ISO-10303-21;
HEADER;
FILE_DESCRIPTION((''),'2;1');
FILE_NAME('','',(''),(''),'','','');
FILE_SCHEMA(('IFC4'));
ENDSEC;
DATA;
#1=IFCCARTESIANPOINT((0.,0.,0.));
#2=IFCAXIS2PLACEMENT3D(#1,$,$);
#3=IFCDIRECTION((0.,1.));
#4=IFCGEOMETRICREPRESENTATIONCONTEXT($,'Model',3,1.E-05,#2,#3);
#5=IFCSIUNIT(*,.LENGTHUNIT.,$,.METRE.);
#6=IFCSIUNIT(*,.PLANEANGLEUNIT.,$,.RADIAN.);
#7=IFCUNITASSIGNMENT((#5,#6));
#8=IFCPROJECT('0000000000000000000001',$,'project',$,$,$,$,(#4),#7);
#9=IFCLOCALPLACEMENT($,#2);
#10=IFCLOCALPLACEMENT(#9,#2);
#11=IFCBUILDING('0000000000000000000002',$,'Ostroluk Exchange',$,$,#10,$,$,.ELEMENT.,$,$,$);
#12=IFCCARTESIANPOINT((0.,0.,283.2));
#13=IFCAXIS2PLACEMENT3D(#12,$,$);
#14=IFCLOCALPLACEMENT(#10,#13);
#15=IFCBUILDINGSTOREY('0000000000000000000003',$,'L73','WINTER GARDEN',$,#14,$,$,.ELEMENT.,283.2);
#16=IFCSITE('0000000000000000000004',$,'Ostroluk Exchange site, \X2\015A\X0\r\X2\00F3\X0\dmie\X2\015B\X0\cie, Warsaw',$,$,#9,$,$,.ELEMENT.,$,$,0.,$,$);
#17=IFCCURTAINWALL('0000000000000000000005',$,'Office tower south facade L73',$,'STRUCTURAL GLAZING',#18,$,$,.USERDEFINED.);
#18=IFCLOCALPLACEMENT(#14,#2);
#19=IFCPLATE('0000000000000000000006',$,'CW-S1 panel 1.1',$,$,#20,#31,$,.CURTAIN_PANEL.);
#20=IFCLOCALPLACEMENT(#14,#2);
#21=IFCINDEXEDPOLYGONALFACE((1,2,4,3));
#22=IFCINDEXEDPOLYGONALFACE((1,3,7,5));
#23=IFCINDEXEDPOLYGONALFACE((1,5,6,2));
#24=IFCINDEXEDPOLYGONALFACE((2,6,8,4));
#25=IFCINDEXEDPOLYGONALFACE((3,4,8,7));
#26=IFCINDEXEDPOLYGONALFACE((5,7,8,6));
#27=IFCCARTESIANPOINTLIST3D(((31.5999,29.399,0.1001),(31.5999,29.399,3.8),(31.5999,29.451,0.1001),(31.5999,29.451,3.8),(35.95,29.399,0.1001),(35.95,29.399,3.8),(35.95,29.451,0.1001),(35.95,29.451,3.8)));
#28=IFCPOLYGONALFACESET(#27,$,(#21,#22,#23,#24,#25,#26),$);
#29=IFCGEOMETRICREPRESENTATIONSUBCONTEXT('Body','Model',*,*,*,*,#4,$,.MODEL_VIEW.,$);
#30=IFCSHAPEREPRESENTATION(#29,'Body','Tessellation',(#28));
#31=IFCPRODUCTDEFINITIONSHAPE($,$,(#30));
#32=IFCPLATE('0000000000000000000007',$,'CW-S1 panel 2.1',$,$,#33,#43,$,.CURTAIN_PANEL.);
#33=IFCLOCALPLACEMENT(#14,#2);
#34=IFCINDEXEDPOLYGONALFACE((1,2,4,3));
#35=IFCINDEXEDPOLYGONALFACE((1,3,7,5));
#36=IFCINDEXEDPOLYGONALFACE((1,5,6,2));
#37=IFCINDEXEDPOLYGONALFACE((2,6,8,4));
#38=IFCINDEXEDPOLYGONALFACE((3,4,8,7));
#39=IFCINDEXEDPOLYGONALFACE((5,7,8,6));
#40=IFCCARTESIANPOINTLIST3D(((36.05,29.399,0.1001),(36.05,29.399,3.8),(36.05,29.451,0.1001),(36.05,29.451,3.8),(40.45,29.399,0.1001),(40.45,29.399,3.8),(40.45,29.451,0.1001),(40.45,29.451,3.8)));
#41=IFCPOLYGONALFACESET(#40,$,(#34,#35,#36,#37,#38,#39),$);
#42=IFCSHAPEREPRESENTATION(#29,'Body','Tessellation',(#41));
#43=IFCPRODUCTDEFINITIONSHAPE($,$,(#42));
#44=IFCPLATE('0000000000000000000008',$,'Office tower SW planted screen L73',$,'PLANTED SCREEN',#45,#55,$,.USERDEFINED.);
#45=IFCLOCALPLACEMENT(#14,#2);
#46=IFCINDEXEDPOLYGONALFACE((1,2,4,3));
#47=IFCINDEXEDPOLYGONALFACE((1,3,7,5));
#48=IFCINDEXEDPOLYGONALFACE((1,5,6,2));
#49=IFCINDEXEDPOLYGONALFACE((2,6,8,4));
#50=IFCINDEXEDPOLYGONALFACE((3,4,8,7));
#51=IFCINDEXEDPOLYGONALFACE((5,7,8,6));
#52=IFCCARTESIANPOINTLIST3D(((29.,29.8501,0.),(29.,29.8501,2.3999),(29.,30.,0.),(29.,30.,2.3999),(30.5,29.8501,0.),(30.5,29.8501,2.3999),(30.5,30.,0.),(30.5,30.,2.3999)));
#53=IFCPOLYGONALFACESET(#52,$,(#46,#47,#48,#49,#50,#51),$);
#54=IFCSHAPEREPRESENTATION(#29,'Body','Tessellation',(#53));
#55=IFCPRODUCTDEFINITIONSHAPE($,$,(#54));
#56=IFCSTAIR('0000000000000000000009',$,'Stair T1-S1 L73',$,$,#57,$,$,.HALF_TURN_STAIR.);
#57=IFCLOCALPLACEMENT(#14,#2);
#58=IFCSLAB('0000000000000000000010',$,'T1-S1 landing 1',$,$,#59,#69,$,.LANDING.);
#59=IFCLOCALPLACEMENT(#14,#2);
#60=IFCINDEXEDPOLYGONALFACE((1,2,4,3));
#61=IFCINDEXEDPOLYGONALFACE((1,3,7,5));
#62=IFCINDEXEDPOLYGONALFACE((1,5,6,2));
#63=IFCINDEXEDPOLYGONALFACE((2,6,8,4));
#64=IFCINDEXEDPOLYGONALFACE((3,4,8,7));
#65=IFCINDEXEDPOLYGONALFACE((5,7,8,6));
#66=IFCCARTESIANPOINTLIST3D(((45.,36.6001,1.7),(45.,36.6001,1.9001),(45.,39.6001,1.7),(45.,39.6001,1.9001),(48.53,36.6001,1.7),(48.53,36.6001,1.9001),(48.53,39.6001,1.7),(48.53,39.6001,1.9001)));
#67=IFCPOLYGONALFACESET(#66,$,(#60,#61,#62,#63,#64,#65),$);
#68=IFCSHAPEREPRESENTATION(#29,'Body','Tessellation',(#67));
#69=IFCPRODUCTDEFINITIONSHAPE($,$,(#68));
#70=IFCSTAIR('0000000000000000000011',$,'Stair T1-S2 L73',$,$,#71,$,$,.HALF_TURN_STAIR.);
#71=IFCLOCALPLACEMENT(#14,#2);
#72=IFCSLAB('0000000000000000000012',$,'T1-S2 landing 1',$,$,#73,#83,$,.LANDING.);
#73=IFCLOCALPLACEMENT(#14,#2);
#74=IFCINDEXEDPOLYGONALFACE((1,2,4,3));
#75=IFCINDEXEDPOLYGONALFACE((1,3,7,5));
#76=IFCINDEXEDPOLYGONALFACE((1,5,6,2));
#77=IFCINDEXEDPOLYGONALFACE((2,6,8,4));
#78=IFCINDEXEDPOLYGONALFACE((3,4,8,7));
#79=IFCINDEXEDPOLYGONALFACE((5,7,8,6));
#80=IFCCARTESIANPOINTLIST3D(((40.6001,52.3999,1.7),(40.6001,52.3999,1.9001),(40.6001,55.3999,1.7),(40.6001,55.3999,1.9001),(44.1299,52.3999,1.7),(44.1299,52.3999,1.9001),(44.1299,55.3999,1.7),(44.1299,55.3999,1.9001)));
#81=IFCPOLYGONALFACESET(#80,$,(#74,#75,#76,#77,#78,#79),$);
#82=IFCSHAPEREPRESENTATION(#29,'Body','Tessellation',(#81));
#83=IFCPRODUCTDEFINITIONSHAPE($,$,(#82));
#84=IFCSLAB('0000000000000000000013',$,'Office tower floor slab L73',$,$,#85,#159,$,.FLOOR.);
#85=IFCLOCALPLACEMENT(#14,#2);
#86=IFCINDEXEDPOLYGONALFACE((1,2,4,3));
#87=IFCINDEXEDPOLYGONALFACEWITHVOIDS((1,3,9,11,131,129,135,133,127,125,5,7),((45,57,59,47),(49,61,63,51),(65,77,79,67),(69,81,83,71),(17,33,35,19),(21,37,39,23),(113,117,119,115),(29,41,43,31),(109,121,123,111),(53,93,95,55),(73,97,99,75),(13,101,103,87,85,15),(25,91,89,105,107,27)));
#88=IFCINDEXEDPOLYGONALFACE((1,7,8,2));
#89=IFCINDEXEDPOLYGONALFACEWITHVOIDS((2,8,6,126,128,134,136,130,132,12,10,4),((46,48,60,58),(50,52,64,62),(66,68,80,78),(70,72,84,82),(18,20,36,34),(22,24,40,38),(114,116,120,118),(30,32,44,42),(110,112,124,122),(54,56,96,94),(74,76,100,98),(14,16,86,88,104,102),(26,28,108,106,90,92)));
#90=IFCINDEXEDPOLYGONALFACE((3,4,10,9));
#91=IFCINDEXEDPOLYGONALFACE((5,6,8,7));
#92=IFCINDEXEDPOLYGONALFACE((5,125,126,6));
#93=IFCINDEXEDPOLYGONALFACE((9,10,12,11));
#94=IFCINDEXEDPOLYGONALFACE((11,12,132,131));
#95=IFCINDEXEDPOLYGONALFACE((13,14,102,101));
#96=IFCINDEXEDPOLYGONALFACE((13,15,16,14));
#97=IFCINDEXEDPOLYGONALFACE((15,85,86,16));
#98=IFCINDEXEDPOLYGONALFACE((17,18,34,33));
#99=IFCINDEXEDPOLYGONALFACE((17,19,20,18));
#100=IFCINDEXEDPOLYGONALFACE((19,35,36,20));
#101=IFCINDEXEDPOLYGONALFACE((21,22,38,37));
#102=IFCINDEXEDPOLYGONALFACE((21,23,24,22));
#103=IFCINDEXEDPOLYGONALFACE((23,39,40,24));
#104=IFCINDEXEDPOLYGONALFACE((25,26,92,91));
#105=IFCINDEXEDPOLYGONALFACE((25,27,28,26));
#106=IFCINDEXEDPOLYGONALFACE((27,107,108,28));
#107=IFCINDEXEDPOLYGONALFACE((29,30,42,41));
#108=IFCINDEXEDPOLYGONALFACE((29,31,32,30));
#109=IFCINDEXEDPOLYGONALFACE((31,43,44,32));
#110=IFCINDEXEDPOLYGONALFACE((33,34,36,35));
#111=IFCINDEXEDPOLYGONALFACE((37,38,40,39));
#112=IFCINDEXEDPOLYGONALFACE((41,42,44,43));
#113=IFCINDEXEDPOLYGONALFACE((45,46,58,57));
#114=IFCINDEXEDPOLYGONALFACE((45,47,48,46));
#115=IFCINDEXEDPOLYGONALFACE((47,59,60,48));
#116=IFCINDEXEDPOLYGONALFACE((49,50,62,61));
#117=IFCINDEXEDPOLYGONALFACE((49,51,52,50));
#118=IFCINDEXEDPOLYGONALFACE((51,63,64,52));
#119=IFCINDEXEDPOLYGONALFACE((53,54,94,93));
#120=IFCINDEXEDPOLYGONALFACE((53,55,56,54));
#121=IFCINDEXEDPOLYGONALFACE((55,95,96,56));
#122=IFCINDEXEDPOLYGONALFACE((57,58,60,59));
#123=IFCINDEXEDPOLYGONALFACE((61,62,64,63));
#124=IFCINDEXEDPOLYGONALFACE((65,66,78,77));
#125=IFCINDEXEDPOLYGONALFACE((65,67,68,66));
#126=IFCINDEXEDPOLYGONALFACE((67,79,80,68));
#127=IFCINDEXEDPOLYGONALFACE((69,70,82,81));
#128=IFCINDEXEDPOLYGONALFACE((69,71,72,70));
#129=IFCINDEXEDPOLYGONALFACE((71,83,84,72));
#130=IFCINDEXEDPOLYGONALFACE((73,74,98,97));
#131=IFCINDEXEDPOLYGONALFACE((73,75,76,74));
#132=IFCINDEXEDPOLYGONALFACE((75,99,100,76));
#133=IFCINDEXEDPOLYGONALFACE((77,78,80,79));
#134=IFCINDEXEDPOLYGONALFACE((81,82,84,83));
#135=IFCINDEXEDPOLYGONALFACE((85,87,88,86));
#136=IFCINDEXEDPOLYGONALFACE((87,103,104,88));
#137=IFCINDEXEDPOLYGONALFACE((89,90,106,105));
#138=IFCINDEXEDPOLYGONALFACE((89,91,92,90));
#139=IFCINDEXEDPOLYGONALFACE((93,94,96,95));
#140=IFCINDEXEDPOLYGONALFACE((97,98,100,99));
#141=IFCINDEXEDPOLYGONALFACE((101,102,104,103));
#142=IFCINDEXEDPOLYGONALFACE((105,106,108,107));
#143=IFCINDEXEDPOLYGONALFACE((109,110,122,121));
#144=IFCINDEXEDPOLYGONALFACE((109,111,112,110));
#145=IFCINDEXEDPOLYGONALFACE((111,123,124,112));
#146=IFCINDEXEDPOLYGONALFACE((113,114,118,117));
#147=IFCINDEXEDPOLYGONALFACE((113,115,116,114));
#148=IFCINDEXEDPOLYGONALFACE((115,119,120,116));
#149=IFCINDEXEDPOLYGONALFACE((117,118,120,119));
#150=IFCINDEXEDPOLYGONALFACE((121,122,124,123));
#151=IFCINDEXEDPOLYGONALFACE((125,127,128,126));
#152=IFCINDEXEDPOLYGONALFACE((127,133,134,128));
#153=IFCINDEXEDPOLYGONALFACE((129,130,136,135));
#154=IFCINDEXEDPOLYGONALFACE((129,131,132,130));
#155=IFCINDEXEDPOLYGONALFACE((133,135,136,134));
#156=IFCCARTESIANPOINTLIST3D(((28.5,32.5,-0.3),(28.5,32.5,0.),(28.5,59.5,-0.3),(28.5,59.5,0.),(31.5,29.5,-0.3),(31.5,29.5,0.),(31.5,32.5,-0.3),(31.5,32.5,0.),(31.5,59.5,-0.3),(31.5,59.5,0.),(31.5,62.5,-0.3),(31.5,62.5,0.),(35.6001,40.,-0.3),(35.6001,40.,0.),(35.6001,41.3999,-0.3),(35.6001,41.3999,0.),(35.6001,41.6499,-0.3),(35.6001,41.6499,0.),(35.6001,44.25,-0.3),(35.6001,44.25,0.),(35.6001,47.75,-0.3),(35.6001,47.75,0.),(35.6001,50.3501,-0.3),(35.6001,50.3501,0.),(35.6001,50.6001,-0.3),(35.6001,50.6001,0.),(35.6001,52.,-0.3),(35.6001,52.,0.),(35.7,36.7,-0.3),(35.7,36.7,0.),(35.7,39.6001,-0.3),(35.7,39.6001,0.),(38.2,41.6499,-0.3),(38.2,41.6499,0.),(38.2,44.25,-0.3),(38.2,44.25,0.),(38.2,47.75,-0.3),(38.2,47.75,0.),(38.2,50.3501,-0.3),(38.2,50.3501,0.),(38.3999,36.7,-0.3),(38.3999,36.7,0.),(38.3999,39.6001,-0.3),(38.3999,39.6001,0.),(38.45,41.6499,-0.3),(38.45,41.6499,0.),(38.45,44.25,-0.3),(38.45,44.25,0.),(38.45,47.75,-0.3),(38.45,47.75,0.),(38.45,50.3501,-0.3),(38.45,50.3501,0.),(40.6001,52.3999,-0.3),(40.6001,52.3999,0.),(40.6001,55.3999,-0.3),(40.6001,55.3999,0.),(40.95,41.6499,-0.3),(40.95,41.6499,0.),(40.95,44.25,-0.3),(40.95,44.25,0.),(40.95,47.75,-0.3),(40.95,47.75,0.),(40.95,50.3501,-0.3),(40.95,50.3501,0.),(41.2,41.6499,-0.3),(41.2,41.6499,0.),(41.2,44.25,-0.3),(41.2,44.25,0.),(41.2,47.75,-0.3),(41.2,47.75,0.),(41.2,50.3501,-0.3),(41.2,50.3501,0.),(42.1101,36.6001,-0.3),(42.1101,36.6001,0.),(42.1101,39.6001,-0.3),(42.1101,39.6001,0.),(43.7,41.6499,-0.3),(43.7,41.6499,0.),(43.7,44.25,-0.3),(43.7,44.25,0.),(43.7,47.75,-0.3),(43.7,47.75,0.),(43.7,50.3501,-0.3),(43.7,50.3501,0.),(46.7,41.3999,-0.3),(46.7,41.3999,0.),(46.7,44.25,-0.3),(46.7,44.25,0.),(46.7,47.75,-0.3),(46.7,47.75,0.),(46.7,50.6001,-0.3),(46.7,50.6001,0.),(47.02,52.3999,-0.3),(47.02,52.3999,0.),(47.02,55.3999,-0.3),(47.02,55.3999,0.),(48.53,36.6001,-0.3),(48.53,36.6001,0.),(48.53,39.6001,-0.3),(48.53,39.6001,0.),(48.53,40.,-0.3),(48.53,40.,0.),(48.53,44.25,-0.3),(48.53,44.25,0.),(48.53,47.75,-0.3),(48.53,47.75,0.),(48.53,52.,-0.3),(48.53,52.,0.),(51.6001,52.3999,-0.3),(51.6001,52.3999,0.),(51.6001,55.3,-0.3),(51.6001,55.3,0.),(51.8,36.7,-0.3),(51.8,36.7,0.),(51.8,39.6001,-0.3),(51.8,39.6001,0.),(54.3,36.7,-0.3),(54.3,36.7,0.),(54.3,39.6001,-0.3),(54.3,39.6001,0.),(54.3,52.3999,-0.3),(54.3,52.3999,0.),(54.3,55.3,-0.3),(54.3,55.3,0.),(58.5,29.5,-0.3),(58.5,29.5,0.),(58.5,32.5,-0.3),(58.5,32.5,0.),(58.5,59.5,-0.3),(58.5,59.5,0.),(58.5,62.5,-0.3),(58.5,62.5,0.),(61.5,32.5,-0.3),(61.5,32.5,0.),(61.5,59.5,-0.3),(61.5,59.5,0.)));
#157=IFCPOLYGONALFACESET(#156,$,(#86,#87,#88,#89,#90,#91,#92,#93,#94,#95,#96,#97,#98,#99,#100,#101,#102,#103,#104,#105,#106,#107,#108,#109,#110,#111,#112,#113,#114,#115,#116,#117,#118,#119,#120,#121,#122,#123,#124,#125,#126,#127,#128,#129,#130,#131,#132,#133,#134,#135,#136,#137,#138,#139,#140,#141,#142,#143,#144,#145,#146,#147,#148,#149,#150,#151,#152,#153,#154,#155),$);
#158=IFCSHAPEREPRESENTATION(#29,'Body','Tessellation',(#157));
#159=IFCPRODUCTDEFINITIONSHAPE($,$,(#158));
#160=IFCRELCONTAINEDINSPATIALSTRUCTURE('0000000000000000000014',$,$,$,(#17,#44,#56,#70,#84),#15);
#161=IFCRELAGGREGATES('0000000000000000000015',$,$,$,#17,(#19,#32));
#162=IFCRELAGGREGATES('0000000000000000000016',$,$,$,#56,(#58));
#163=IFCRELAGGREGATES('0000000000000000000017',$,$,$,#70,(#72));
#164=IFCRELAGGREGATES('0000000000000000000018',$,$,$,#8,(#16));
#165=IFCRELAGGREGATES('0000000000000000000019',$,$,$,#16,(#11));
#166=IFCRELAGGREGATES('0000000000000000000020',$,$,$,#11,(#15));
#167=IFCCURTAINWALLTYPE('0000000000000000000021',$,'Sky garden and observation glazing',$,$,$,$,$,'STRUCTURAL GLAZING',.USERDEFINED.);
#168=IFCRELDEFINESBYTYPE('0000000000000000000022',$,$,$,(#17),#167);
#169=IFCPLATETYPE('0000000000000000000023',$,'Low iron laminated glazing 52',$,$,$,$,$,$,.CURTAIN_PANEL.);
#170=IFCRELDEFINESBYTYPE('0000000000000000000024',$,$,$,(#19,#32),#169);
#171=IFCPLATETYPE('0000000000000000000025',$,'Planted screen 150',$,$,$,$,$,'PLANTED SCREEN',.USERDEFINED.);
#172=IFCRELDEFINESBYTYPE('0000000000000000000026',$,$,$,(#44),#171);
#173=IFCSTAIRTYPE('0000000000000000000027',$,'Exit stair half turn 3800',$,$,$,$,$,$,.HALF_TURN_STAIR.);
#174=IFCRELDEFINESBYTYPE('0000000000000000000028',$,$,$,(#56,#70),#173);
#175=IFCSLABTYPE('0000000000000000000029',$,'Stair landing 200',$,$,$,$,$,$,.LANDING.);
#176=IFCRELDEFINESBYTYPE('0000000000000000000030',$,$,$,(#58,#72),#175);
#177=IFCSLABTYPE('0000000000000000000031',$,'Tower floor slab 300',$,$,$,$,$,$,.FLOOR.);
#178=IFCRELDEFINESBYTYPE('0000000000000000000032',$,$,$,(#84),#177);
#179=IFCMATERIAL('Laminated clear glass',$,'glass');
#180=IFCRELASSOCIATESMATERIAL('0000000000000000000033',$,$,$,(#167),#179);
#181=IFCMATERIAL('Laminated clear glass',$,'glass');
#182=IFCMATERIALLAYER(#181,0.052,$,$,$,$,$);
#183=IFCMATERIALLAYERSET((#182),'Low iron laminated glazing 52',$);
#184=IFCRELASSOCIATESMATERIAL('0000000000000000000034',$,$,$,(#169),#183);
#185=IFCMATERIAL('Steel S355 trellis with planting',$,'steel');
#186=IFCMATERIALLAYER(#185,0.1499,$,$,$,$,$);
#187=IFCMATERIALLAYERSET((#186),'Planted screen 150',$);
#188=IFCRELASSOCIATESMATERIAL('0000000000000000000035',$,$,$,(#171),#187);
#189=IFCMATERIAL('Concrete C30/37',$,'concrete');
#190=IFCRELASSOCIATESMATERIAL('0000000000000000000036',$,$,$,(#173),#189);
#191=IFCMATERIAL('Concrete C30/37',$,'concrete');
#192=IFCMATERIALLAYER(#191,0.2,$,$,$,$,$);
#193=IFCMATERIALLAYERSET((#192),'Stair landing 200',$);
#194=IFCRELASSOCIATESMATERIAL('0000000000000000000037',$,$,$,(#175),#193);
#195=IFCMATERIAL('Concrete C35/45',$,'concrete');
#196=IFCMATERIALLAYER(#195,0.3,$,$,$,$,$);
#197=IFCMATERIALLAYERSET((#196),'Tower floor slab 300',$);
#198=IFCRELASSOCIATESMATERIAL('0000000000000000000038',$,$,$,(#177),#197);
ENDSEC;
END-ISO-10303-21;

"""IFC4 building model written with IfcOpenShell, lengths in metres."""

from ifc_helpers import new_model, si_unit, direction, frame, origin, origin_2d, place, context, subcontext, project, spatial, polyline, rectangle, outline, extrude, material, layer, layer_set, type_object, element, aggregate, save


model = new_model("IFC4")

# Units and contexts
model_context = context("Model", 3, precision=1e-05, world=origin(), true_north=direction((0.0, 1.0)))
body_context = subcontext(model_context, "Body", "Model", "MODEL_VIEW")
ifc_project = project(units=[si_unit("LENGTHUNIT", "METRE"), si_unit("PLANEANGLEUNIT", "RADIAN")], contexts=[model_context])

# Site, building, storey
site_placement = place(None, origin())
site = spatial("IfcSite", under=ifc_project, at=site_placement, Name="Ostroluk Exchange site, Śródmieście, Warsaw", CompositionType="ELEMENT", RefElevation=0.0)
building_placement = place(site_placement, origin())
building = spatial("IfcBuilding", under=site, at=building_placement, Name="Ostroluk Exchange", CompositionType="ELEMENT")
storey_placement = place(building_placement, frame((0.0, 0.0, 283.2)))
storey = spatial("IfcBuildingStorey", under=building, at=storey_placement, Name="L73", Description="WINTER GARDEN", CompositionType="ELEMENT", Elevation=283.2)

# Curtain wall
ifc_material_1 = material(Name="Laminated clear glass", Category="glass")
curtain_wall_type = type_object("IfcCurtainWallType", Name="Sky garden and observation glazing", ElementType="STRUCTURAL GLAZING", PredefinedType="USERDEFINED", material=ifc_material_1)
curtain_wall_1_placement = place(storey_placement, origin())
curtain_wall_1 = element("IfcCurtainWall", 1, at=curtain_wall_1_placement, inside=storey, type_object=curtain_wall_type, Name="Office tower south facade L73", ObjectType="STRUCTURAL GLAZING", PredefinedType="USERDEFINED")

# Plates
ifc_material_2 = material(Name="Laminated clear glass", Category="glass")
ifc_layer_1 = layer(ifc_material_2, 0.052)
ifc_layer_set_1 = layer_set([ifc_layer_1], Name="Low iron laminated glazing 52")
plate_type_1 = type_object("IfcPlateType", Name="Low iron laminated glazing 52", PredefinedType="CURTAIN_PANEL", material=ifc_layer_set_1)
plate_1_placement = place(storey_placement, frame((33.7749, 29.425, 0.1001), z_axis=(0.0, 0.0, 1.0), x_axis=(1.0, 0.0, 0.0)))
plate_1 = element("IfcPlate", 2, at=plate_1_placement, type_object=plate_type_1, Name="CW-S1 panel 1.1", PredefinedType="CURTAIN_PANEL", context=body_context, shape_type="SweptSolid", body=[
    extrude(rectangle(XDim=4.3501, YDim=0.052, at=origin_2d()), origin(), (0.0, 0.0, 1.0), 3.7),
])
plate_2_placement = place(storey_placement, frame((38.25, 29.425, 0.1001), z_axis=(0.0, 0.0, 1.0), x_axis=(1.0, 0.0, 0.0)))
plate_2 = element("IfcPlate", 3, at=plate_2_placement, type_object=plate_type_1, Name="CW-S1 panel 2.1", PredefinedType="CURTAIN_PANEL", context=body_context, shape_type="SweptSolid", body=[
    extrude(rectangle(XDim=4.3999, YDim=0.052, at=origin_2d()), origin(), (0.0, 0.0, 1.0), 3.7),
])
aggregate(curtain_wall_1, [plate_1, plate_2])
ifc_material_3 = material(Name="Steel S355 trellis with planting", Category="steel")
ifc_layer_2 = layer(ifc_material_3, 0.1499)
ifc_layer_set_2 = layer_set([ifc_layer_2], Name="Planted screen 150")
plate_type_2 = type_object("IfcPlateType", Name="Planted screen 150", ElementType="PLANTED SCREEN", PredefinedType="USERDEFINED", material=ifc_layer_set_2)
plate_3_placement = place(storey_placement, frame((29.75, 29.925, 0.0), z_axis=(0.0, 0.0, 1.0), x_axis=(1.0, 0.0, 0.0)))
element("IfcPlate", 4, at=plate_3_placement, inside=storey, type_object=plate_type_2, Name="Office tower SW planted screen L73", ObjectType="PLANTED SCREEN", PredefinedType="USERDEFINED", context=body_context, shape_type="SweptSolid", body=[
    extrude(rectangle(XDim=1.5, YDim=0.1499, at=origin_2d()), origin(), (0.0, 0.0, 1.0), 2.3999),
])

# Stairs, slabs
ifc_material_4 = material(Name="Concrete C30/37", Category="concrete")
stair_type = type_object("IfcStairType", Name="Exit stair half turn 3800", PredefinedType="HALF_TURN_STAIR", material=ifc_material_4)
stair_1_placement = place(storey_placement, origin())
stair_1 = element("IfcStair", 5, at=stair_1_placement, inside=storey, type_object=stair_type, Name="Stair T1-S1 L73", PredefinedType="HALF_TURN_STAIR")
ifc_material_5 = material(Name="Concrete C30/37", Category="concrete")
ifc_layer_3 = layer(ifc_material_5, 0.2)
ifc_layer_set_3 = layer_set([ifc_layer_3], Name="Stair landing 200")
slab_type_1 = type_object("IfcSlabType", Name="Stair landing 200", PredefinedType="LANDING", material=ifc_layer_set_3)
slab_1_placement = place(storey_placement, frame((0.0, 0.0, 1.7)))
slab_1 = element("IfcSlab", 6, at=slab_1_placement, type_object=slab_type_1, Name="T1-S1 landing 1", PredefinedType="LANDING", context=body_context, shape_type="SweptSolid", body=[
    extrude(outline(polyline([(45.0, 36.6001), (45.0, 39.6001), (48.53, 39.6001), (48.53, 36.6001), (45.0, 36.6001)])), origin(), (0.0, 0.0, 1.0), 0.2002),
])
aggregate(stair_1, [slab_1])
stair_2_placement = place(storey_placement, origin())
stair_2 = element("IfcStair", 7, at=stair_2_placement, inside=storey, type_object=stair_type, Name="Stair T1-S2 L73", PredefinedType="HALF_TURN_STAIR")
slab_2_placement = place(storey_placement, frame((0.0, 0.0, 1.7)))
slab_2 = element("IfcSlab", 8, at=slab_2_placement, type_object=slab_type_1, Name="T1-S2 landing 1", PredefinedType="LANDING", context=body_context, shape_type="SweptSolid", body=[
    extrude(outline(polyline([(44.1299, 52.3999), (44.1299, 55.3999), (40.6001, 55.3999), (40.6001, 52.3999), (44.1299, 52.3999)])), origin(), (0.0, 0.0, 1.0), 0.2002),
])
aggregate(stair_2, [slab_2])

# Slab
ifc_material_6 = material(Name="Concrete C35/45", Category="concrete")
ifc_layer_4 = layer(ifc_material_6, 0.3)
ifc_layer_set_4 = layer_set([ifc_layer_4], Name="Tower floor slab 300")
slab_type_2 = type_object("IfcSlabType", Name="Tower floor slab 300", PredefinedType="FLOOR", material=ifc_layer_set_4)
slab_3_placement = place(storey_placement, frame((0.0, 0.0, -0.3)))
element("IfcSlab", 9, at=slab_3_placement, inside=storey, type_object=slab_type_2, Name="Office tower floor slab L73", PredefinedType="FLOOR", context=body_context, shape_type="SweptSolid", body=[
    extrude(outline(polyline([(31.5, 29.5), (58.5, 29.5), (58.5, 32.5), (61.5, 32.5), (61.5, 59.5), (58.5, 59.5), (58.5, 62.5), (31.5, 62.5), (31.5, 59.5), (28.5, 59.5), (28.5, 32.5), (31.5, 32.5), (31.5, 29.5)]), holes=[polyline([(35.7, 36.7), (38.3999, 36.7), (38.3999, 39.6001), (35.7, 39.6001), (35.7, 36.7)]), polyline([(42.1101, 36.6001), (48.53, 36.6001), (48.53, 39.6001), (42.1101, 39.6001), (42.1101, 36.6001)]), polyline([(51.8, 36.7), (54.3, 36.7), (54.3, 39.6001), (51.8, 39.6001), (51.8, 36.7)]), polyline([(40.6001, 52.3999), (47.02, 52.3999), (47.02, 55.3999), (40.6001, 55.3999), (40.6001, 52.3999)]), polyline([(51.6001, 52.3999), (54.3, 52.3999), (54.3, 55.3), (51.6001, 55.3), (51.6001, 52.3999)]), polyline([(35.6001, 47.75), (38.2, 47.75), (38.2, 50.3501), (35.6001, 50.3501), (35.6001, 47.75)]), polyline([(38.45, 47.75), (40.95, 47.75), (40.95, 50.3501), (38.45, 50.3501), (38.45, 47.75)]), polyline([(41.2, 47.75), (43.7, 47.75), (43.7, 50.3501), (41.2, 50.3501), (41.2, 47.75)]), polyline([(35.6001, 41.6499), (38.2, 41.6499), (38.2, 44.25), (35.6001, 44.25), (35.6001, 41.6499)]), polyline([(38.45, 41.6499), (40.95, 41.6499), (40.95, 44.25), (38.45, 44.25), (38.45, 41.6499)]), polyline([(41.2, 41.6499), (43.7, 41.6499), (43.7, 44.25), (41.2, 44.25), (41.2, 41.6499)]), polyline([(48.53, 52.0), (48.53, 47.75), (46.7, 47.75), (46.7, 50.6001), (35.6001, 50.6001), (35.6001, 52.0), (48.53, 52.0)]), polyline([(35.6001, 40.0), (35.6001, 41.3999), (46.7, 41.3999), (46.7, 44.25), (48.53, 44.25), (48.53, 40.0), (35.6001, 40.0)])]), origin(), (0.0, 0.0, 1.0), 0.3),
])

save(model, "model.ifc")
